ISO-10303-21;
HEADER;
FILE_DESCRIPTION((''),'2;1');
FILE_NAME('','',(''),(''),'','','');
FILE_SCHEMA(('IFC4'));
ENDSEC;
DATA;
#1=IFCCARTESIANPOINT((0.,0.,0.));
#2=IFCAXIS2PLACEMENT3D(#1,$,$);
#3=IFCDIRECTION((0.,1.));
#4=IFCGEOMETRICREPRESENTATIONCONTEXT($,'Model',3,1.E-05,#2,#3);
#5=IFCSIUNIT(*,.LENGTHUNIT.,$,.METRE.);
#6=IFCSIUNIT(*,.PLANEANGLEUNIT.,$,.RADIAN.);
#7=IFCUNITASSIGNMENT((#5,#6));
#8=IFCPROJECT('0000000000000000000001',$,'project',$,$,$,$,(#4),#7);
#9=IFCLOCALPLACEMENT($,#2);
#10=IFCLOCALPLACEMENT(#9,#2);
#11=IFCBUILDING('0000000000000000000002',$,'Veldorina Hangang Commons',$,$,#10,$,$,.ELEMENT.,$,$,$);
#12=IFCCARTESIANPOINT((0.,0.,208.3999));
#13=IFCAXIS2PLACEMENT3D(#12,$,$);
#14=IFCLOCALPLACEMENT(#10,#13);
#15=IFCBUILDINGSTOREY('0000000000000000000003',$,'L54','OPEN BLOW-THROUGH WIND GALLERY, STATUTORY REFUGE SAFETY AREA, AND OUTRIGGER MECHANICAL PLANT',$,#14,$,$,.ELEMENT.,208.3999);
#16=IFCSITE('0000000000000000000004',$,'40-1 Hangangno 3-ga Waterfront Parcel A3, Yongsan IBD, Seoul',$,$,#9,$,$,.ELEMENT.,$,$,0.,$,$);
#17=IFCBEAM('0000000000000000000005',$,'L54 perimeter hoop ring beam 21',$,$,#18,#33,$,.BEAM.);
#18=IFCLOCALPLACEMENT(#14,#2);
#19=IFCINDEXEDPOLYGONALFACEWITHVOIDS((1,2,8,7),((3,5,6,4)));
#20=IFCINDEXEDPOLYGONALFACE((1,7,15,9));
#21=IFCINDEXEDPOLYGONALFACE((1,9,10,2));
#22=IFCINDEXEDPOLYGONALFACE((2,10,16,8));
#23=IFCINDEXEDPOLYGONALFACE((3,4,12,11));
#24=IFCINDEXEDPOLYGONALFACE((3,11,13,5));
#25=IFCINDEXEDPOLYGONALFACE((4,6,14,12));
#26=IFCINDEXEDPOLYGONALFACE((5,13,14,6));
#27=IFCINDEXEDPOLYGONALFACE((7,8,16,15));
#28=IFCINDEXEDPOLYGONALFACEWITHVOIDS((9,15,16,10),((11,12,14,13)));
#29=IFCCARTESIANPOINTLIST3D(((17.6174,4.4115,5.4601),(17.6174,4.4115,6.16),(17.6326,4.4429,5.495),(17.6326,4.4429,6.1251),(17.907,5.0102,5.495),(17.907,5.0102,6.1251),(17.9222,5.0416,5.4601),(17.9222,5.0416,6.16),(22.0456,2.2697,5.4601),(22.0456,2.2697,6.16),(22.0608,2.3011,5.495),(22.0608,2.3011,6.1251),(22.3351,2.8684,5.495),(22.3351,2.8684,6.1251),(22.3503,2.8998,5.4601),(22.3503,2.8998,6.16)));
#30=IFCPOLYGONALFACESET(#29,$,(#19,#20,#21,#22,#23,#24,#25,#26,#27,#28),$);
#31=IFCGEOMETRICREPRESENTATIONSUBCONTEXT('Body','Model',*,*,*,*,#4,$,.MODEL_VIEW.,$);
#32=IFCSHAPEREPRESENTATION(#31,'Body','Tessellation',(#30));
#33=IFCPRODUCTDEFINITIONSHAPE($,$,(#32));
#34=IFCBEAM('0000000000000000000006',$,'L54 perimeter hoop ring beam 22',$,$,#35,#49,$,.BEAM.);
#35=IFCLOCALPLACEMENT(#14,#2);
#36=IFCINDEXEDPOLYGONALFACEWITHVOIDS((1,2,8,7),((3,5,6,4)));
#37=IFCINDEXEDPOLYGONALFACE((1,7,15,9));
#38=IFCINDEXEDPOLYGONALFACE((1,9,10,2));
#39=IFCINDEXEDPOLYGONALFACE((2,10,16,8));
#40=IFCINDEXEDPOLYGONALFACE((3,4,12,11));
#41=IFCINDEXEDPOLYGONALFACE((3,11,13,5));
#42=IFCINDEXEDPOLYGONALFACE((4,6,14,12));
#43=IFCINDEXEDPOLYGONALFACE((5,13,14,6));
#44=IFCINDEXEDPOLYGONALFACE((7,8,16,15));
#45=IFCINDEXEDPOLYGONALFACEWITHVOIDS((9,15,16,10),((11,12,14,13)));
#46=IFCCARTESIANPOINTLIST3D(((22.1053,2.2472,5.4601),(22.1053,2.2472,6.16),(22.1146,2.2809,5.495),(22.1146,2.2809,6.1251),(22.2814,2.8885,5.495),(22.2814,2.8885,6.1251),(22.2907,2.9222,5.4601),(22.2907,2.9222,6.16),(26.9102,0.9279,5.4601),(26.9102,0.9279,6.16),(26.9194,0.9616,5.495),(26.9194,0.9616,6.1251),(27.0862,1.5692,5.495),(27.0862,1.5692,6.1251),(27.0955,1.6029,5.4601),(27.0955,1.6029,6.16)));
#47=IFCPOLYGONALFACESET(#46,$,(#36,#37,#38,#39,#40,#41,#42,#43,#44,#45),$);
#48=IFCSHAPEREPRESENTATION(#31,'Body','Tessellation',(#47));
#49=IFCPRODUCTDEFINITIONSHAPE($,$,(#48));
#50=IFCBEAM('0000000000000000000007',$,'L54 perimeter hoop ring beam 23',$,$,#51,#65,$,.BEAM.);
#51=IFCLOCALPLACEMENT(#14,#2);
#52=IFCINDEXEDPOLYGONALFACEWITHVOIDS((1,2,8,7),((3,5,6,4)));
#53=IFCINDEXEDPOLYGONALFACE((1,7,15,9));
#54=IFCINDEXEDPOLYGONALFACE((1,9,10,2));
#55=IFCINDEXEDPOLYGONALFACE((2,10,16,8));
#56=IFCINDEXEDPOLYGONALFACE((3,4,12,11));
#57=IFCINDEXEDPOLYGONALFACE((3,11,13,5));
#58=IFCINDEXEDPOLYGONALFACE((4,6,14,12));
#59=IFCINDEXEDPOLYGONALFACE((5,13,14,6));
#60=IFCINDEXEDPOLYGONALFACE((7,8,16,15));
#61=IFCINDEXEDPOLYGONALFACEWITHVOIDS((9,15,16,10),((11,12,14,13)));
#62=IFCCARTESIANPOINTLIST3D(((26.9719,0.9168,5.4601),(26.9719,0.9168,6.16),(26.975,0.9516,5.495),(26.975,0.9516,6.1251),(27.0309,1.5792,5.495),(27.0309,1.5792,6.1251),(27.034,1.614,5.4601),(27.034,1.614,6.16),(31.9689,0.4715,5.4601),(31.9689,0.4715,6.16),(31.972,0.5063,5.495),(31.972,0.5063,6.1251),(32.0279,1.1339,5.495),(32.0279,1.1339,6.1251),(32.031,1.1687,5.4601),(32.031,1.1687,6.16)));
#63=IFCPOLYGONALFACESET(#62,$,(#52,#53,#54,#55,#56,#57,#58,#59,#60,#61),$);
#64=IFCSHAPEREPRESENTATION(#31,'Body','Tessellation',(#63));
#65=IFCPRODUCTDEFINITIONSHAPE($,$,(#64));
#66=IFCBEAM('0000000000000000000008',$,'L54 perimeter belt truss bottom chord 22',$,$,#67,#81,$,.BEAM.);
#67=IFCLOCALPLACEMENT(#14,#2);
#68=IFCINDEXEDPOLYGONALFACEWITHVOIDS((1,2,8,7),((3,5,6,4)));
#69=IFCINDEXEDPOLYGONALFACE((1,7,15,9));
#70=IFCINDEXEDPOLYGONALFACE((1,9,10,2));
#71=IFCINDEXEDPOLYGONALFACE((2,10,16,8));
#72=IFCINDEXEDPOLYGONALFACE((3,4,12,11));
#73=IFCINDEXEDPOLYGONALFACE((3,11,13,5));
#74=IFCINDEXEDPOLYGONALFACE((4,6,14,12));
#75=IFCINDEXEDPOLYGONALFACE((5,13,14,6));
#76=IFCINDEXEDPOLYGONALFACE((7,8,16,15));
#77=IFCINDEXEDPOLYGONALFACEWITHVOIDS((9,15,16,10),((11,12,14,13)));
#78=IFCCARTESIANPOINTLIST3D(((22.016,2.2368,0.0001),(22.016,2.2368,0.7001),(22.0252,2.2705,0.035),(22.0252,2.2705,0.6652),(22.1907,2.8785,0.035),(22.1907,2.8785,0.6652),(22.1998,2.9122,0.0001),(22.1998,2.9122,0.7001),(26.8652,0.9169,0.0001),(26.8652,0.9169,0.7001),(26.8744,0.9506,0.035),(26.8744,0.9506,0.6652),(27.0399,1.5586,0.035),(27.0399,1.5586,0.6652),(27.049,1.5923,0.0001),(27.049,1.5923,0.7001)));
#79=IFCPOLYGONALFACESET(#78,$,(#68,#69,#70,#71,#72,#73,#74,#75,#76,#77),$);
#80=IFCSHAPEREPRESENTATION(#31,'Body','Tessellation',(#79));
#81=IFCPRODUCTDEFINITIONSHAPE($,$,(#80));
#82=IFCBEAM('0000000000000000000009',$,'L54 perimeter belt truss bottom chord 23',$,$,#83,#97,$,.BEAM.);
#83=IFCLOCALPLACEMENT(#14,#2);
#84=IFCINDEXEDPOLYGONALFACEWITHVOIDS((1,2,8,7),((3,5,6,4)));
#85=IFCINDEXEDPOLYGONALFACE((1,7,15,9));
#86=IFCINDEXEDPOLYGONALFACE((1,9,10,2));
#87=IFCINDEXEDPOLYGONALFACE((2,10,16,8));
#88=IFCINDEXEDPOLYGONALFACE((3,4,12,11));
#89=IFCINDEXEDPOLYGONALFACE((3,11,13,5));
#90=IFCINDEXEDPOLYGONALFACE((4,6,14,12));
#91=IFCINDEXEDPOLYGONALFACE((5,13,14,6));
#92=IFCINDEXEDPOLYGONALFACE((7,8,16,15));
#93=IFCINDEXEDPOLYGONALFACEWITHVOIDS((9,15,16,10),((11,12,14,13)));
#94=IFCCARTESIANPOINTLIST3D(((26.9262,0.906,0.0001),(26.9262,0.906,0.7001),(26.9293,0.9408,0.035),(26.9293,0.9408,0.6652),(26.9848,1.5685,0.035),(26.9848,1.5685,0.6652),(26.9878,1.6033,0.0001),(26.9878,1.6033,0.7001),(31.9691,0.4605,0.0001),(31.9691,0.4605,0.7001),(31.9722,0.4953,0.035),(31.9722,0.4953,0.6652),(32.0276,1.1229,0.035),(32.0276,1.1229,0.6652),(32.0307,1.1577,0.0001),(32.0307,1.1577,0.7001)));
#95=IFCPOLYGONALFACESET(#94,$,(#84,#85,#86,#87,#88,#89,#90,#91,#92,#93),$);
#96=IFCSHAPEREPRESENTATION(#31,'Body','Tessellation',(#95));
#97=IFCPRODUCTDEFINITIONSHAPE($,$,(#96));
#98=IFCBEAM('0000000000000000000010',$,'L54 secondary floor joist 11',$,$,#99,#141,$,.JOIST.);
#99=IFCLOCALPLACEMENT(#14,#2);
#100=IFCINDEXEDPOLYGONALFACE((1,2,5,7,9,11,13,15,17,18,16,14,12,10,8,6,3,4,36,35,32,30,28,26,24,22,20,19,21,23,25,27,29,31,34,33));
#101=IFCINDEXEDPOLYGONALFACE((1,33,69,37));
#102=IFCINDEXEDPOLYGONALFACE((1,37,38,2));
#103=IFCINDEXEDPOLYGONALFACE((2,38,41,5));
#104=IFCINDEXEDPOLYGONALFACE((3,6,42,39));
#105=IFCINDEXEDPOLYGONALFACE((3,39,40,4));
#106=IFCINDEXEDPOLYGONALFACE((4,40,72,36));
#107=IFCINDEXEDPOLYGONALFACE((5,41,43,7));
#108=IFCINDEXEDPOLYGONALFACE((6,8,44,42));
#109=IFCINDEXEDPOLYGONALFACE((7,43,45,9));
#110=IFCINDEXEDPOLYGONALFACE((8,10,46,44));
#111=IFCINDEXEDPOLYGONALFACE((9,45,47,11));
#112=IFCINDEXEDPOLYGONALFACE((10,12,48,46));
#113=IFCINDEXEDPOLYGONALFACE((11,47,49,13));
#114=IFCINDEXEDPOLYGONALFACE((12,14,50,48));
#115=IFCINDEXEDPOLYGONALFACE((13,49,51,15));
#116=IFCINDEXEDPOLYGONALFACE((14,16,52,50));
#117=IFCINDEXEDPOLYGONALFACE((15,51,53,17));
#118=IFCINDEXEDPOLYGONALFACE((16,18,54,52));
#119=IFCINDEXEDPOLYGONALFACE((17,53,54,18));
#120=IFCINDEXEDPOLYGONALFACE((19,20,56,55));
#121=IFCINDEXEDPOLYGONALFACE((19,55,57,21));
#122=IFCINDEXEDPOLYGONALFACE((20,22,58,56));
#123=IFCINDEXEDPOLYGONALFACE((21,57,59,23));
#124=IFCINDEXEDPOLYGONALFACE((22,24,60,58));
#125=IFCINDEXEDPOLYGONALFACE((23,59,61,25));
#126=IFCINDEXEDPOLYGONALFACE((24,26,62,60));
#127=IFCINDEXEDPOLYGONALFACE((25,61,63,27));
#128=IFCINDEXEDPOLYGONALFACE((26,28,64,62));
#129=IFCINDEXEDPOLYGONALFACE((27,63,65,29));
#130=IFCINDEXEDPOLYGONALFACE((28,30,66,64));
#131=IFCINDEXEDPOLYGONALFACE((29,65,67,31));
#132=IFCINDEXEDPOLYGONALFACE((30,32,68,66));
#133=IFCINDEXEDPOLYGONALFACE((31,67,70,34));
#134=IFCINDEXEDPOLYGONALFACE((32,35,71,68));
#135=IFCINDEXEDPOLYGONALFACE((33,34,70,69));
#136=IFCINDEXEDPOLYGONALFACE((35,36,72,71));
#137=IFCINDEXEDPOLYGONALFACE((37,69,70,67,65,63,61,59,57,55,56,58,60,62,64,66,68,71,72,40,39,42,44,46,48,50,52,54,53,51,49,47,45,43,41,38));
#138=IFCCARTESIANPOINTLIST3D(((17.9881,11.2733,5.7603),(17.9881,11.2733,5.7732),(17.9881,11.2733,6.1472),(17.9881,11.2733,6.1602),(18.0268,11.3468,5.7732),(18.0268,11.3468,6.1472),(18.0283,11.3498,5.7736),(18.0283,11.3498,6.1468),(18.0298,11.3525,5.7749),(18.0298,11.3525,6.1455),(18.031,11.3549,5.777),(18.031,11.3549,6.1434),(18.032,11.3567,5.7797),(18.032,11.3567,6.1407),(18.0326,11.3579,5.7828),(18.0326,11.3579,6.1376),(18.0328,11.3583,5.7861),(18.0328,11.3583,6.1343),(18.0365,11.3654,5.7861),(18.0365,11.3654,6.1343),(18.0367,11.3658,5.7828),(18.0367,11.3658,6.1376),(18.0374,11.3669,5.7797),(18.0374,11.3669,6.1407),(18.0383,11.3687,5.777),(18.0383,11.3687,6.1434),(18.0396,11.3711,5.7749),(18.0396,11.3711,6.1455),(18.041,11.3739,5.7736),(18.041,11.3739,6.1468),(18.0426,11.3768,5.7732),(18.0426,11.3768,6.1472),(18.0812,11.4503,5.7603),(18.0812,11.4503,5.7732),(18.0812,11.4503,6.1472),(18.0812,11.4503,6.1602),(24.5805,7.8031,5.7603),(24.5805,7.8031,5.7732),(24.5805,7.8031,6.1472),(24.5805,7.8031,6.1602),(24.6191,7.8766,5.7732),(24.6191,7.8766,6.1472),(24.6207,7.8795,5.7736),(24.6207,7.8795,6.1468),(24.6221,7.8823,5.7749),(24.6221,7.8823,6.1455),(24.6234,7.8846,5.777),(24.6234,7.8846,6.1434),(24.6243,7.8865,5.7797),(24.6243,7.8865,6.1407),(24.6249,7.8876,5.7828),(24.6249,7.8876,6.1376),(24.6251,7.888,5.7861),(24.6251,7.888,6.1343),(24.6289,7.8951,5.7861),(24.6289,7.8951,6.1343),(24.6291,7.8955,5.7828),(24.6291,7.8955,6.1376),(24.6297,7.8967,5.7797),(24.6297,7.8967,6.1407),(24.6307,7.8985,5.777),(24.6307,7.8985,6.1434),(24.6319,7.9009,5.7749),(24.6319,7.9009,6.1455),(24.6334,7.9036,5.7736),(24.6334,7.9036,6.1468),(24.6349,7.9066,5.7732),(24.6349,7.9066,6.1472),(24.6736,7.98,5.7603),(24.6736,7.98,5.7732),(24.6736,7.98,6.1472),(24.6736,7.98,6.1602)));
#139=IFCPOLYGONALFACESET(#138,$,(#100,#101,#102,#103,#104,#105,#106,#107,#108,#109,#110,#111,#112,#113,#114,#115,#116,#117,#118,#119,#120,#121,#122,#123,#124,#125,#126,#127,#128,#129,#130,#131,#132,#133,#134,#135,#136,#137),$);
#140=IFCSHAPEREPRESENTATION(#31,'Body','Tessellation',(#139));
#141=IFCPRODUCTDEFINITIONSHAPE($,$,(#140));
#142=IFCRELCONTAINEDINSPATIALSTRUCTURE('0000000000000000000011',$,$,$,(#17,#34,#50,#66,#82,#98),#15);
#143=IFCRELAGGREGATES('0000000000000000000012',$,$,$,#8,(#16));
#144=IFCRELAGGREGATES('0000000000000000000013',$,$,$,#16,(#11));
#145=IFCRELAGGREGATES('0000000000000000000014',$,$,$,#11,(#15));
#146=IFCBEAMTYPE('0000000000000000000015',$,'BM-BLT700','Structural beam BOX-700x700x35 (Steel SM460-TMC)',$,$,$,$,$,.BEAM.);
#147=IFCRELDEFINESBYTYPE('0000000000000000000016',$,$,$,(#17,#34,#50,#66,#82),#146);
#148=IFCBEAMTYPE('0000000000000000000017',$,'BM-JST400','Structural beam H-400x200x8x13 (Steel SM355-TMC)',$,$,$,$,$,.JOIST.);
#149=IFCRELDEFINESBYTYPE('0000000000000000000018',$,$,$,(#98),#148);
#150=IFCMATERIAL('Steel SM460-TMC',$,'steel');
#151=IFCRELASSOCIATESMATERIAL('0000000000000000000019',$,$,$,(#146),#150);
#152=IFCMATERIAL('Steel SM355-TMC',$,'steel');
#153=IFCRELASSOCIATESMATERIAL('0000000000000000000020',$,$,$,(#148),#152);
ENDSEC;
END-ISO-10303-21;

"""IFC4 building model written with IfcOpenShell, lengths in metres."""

from ifc_helpers import new_model, si_unit, direction, frame, origin, origin_2d, place, context, subcontext, project, spatial, hollow_rectangle, i_section, extrude, material, material_profile, profile_set, type_object, element, save


model = new_model("IFC4")

# Units and contexts
model_context = context("Model", 3, precision=1e-05, world=origin(), true_north=direction((0.0, 1.0)))
body_context = subcontext(model_context, "Body", "Model", "MODEL_VIEW")
ifc_project = project(units=[si_unit("LENGTHUNIT", "METRE"), si_unit("PLANEANGLEUNIT", "RADIAN")], contexts=[model_context])

# Site, building, storey
site_placement = place(None, origin())
site = spatial("IfcSite", under=ifc_project, at=site_placement, Name="40-1 Hangangno 3-ga Waterfront Parcel A3, Yongsan IBD, Seoul", CompositionType="ELEMENT", RefElevation=0.0)
building_placement = place(site_placement, origin())
building = spatial("IfcBuilding", under=site, at=building_placement, Name="Veldorina Hangang Commons", CompositionType="ELEMENT")
storey_placement = place(building_placement, frame((0.0, 0.0, 208.3999)))
storey = spatial("IfcBuildingStorey", under=building, at=storey_placement, Name="L54", Description="OPEN BLOW-THROUGH WIND GALLERY, STATUTORY REFUGE SAFETY AREA, AND OUTRIGGER MECHANICAL PLANT", CompositionType="ELEMENT", Elevation=208.3999)

# Beams
ifc_material_1 = material(Name="Steel SM460-TMC", Category="steel")
ifc_material_profile_1 = material_profile(ifc_material_1, hollow_rectangle(XDim=0.7, YDim=0.7, WallThickness=0.0349, at=origin_2d()), Name="BOX-700x700x35")
ifc_profile_set_1 = profile_set([ifc_material_profile_1], Name="Steel SM460-TMC")
beam_type_1 = type_object("IfcBeamType", Name="BM-BLT700", Description="Structural beam BOX-700x700x35 (Steel SM460-TMC)", PredefinedType="BEAM", material=ifc_profile_set_1)
beam_1_placement = place(storey_placement, frame((17.7698, 4.7266, 5.8101), z_axis=(0.900226, -0.435422, 0.0), x_axis=(0.435422, 0.900226, 0.0)))
element("IfcBeam", 1, at=beam_1_placement, inside=storey, type_object=beam_type_1, Name="L54 perimeter hoop ring beam 21", PredefinedType="BEAM", context=body_context, shape_type="SweptSolid", body=[
    extrude(hollow_rectangle(XDim=0.7, YDim=0.7, WallThickness=0.0349, at=origin_2d()), origin(), (0.0, 0.0, 1.0), 4.9189),
])
beam_2_placement = place(storey_placement, frame((22.198, 2.5847, 5.8101), z_axis=(0.964309, -0.26478, 0.0), x_axis=(0.26478, 0.964309, 0.0)))
element("IfcBeam", 2, at=beam_2_placement, inside=storey, type_object=beam_type_1, Name="L54 perimeter hoop ring beam 22", PredefinedType="BEAM", context=body_context, shape_type="SweptSolid", body=[
    extrude(hollow_rectangle(XDim=0.7, YDim=0.7, WallThickness=0.0349, at=origin_2d()), origin(), (0.0, 0.0, 1.0), 4.9827),
])
beam_3_placement = place(storey_placement, frame((27.0029, 1.2654, 5.8101), z_axis=(0.996053, -0.088763, 0.0), x_axis=(0.088763, 0.996053, 0.0)))
element("IfcBeam", 3, at=beam_3_placement, inside=storey, type_object=beam_type_1, Name="L54 perimeter hoop ring beam 23", PredefinedType="BEAM", context=body_context, shape_type="SweptSolid", body=[
    extrude(hollow_rectangle(XDim=0.7, YDim=0.7, WallThickness=0.0349, at=origin_2d()), origin(), (0.0, 0.0, 1.0), 5.0168),
])
beam_4_placement = place(storey_placement, frame((22.1079, 2.5745, 0.3501), z_axis=(0.964898, -0.262624, 0.0), x_axis=(0.262624, 0.964898, 0.0)))
element("IfcBeam", 4, at=beam_4_placement, inside=storey, type_object=beam_type_1, Name="L54 perimeter belt truss bottom chord 22", PredefinedType="BEAM", context=body_context, shape_type="SweptSolid", body=[
    extrude(hollow_rectangle(XDim=0.7, YDim=0.7, WallThickness=0.0349, at=origin_2d()), origin(), (0.0, 0.0, 1.0), 5.0256),
])
beam_5_placement = place(storey_placement, frame((26.957, 1.2546, 0.3501), z_axis=(0.99612, -0.088009, 0.0), x_axis=(0.088009, 0.99612, 0.0)))
element("IfcBeam", 5, at=beam_5_placement, inside=storey, type_object=beam_type_1, Name="L54 perimeter belt truss bottom chord 23", PredefinedType="BEAM", context=body_context, shape_type="SweptSolid", body=[
    extrude(hollow_rectangle(XDim=0.7, YDim=0.7, WallThickness=0.0349, at=origin_2d()), origin(), (0.0, 0.0, 1.0), 5.0625),
])
ifc_material_2 = material(Name="Steel SM355-TMC", Category="steel")
ifc_material_profile_2 = material_profile(ifc_material_2, i_section(OverallWidth=0.2, OverallDepth=0.3999, WebThickness=0.0081, FlangeThickness=0.0129, FilletRadius=0.0129, at=origin_2d()), Name="H-400x200x8x13")
ifc_profile_set_2 = profile_set([ifc_material_profile_2], Name="Steel SM355-TMC")
beam_type_2 = type_object("IfcBeamType", Name="BM-JST400", Description="Structural beam H-400x200x8x13 (Steel SM355-TMC)", PredefinedType="JOIST", material=ifc_profile_set_2)
beam_6_placement = place(storey_placement, frame((18.0347, 11.3618, 5.9602), z_axis=(0.884886, -0.465809, 0.0), x_axis=(0.465809, 0.884886, 0.0)))
element("IfcBeam", 6, at=beam_6_placement, inside=storey, type_object=beam_type_2, Name="L54 secondary floor joist 11", PredefinedType="JOIST", context=body_context, shape_type="SweptSolid", body=[
    extrude(i_section(OverallWidth=0.2, OverallDepth=0.3999, WebThickness=0.0081, FlangeThickness=0.0129, FilletRadius=0.0129, at=origin_2d()), origin(), (0.0, 0.0, 1.0), 7.45),
])

save(model, "model.ifc")
